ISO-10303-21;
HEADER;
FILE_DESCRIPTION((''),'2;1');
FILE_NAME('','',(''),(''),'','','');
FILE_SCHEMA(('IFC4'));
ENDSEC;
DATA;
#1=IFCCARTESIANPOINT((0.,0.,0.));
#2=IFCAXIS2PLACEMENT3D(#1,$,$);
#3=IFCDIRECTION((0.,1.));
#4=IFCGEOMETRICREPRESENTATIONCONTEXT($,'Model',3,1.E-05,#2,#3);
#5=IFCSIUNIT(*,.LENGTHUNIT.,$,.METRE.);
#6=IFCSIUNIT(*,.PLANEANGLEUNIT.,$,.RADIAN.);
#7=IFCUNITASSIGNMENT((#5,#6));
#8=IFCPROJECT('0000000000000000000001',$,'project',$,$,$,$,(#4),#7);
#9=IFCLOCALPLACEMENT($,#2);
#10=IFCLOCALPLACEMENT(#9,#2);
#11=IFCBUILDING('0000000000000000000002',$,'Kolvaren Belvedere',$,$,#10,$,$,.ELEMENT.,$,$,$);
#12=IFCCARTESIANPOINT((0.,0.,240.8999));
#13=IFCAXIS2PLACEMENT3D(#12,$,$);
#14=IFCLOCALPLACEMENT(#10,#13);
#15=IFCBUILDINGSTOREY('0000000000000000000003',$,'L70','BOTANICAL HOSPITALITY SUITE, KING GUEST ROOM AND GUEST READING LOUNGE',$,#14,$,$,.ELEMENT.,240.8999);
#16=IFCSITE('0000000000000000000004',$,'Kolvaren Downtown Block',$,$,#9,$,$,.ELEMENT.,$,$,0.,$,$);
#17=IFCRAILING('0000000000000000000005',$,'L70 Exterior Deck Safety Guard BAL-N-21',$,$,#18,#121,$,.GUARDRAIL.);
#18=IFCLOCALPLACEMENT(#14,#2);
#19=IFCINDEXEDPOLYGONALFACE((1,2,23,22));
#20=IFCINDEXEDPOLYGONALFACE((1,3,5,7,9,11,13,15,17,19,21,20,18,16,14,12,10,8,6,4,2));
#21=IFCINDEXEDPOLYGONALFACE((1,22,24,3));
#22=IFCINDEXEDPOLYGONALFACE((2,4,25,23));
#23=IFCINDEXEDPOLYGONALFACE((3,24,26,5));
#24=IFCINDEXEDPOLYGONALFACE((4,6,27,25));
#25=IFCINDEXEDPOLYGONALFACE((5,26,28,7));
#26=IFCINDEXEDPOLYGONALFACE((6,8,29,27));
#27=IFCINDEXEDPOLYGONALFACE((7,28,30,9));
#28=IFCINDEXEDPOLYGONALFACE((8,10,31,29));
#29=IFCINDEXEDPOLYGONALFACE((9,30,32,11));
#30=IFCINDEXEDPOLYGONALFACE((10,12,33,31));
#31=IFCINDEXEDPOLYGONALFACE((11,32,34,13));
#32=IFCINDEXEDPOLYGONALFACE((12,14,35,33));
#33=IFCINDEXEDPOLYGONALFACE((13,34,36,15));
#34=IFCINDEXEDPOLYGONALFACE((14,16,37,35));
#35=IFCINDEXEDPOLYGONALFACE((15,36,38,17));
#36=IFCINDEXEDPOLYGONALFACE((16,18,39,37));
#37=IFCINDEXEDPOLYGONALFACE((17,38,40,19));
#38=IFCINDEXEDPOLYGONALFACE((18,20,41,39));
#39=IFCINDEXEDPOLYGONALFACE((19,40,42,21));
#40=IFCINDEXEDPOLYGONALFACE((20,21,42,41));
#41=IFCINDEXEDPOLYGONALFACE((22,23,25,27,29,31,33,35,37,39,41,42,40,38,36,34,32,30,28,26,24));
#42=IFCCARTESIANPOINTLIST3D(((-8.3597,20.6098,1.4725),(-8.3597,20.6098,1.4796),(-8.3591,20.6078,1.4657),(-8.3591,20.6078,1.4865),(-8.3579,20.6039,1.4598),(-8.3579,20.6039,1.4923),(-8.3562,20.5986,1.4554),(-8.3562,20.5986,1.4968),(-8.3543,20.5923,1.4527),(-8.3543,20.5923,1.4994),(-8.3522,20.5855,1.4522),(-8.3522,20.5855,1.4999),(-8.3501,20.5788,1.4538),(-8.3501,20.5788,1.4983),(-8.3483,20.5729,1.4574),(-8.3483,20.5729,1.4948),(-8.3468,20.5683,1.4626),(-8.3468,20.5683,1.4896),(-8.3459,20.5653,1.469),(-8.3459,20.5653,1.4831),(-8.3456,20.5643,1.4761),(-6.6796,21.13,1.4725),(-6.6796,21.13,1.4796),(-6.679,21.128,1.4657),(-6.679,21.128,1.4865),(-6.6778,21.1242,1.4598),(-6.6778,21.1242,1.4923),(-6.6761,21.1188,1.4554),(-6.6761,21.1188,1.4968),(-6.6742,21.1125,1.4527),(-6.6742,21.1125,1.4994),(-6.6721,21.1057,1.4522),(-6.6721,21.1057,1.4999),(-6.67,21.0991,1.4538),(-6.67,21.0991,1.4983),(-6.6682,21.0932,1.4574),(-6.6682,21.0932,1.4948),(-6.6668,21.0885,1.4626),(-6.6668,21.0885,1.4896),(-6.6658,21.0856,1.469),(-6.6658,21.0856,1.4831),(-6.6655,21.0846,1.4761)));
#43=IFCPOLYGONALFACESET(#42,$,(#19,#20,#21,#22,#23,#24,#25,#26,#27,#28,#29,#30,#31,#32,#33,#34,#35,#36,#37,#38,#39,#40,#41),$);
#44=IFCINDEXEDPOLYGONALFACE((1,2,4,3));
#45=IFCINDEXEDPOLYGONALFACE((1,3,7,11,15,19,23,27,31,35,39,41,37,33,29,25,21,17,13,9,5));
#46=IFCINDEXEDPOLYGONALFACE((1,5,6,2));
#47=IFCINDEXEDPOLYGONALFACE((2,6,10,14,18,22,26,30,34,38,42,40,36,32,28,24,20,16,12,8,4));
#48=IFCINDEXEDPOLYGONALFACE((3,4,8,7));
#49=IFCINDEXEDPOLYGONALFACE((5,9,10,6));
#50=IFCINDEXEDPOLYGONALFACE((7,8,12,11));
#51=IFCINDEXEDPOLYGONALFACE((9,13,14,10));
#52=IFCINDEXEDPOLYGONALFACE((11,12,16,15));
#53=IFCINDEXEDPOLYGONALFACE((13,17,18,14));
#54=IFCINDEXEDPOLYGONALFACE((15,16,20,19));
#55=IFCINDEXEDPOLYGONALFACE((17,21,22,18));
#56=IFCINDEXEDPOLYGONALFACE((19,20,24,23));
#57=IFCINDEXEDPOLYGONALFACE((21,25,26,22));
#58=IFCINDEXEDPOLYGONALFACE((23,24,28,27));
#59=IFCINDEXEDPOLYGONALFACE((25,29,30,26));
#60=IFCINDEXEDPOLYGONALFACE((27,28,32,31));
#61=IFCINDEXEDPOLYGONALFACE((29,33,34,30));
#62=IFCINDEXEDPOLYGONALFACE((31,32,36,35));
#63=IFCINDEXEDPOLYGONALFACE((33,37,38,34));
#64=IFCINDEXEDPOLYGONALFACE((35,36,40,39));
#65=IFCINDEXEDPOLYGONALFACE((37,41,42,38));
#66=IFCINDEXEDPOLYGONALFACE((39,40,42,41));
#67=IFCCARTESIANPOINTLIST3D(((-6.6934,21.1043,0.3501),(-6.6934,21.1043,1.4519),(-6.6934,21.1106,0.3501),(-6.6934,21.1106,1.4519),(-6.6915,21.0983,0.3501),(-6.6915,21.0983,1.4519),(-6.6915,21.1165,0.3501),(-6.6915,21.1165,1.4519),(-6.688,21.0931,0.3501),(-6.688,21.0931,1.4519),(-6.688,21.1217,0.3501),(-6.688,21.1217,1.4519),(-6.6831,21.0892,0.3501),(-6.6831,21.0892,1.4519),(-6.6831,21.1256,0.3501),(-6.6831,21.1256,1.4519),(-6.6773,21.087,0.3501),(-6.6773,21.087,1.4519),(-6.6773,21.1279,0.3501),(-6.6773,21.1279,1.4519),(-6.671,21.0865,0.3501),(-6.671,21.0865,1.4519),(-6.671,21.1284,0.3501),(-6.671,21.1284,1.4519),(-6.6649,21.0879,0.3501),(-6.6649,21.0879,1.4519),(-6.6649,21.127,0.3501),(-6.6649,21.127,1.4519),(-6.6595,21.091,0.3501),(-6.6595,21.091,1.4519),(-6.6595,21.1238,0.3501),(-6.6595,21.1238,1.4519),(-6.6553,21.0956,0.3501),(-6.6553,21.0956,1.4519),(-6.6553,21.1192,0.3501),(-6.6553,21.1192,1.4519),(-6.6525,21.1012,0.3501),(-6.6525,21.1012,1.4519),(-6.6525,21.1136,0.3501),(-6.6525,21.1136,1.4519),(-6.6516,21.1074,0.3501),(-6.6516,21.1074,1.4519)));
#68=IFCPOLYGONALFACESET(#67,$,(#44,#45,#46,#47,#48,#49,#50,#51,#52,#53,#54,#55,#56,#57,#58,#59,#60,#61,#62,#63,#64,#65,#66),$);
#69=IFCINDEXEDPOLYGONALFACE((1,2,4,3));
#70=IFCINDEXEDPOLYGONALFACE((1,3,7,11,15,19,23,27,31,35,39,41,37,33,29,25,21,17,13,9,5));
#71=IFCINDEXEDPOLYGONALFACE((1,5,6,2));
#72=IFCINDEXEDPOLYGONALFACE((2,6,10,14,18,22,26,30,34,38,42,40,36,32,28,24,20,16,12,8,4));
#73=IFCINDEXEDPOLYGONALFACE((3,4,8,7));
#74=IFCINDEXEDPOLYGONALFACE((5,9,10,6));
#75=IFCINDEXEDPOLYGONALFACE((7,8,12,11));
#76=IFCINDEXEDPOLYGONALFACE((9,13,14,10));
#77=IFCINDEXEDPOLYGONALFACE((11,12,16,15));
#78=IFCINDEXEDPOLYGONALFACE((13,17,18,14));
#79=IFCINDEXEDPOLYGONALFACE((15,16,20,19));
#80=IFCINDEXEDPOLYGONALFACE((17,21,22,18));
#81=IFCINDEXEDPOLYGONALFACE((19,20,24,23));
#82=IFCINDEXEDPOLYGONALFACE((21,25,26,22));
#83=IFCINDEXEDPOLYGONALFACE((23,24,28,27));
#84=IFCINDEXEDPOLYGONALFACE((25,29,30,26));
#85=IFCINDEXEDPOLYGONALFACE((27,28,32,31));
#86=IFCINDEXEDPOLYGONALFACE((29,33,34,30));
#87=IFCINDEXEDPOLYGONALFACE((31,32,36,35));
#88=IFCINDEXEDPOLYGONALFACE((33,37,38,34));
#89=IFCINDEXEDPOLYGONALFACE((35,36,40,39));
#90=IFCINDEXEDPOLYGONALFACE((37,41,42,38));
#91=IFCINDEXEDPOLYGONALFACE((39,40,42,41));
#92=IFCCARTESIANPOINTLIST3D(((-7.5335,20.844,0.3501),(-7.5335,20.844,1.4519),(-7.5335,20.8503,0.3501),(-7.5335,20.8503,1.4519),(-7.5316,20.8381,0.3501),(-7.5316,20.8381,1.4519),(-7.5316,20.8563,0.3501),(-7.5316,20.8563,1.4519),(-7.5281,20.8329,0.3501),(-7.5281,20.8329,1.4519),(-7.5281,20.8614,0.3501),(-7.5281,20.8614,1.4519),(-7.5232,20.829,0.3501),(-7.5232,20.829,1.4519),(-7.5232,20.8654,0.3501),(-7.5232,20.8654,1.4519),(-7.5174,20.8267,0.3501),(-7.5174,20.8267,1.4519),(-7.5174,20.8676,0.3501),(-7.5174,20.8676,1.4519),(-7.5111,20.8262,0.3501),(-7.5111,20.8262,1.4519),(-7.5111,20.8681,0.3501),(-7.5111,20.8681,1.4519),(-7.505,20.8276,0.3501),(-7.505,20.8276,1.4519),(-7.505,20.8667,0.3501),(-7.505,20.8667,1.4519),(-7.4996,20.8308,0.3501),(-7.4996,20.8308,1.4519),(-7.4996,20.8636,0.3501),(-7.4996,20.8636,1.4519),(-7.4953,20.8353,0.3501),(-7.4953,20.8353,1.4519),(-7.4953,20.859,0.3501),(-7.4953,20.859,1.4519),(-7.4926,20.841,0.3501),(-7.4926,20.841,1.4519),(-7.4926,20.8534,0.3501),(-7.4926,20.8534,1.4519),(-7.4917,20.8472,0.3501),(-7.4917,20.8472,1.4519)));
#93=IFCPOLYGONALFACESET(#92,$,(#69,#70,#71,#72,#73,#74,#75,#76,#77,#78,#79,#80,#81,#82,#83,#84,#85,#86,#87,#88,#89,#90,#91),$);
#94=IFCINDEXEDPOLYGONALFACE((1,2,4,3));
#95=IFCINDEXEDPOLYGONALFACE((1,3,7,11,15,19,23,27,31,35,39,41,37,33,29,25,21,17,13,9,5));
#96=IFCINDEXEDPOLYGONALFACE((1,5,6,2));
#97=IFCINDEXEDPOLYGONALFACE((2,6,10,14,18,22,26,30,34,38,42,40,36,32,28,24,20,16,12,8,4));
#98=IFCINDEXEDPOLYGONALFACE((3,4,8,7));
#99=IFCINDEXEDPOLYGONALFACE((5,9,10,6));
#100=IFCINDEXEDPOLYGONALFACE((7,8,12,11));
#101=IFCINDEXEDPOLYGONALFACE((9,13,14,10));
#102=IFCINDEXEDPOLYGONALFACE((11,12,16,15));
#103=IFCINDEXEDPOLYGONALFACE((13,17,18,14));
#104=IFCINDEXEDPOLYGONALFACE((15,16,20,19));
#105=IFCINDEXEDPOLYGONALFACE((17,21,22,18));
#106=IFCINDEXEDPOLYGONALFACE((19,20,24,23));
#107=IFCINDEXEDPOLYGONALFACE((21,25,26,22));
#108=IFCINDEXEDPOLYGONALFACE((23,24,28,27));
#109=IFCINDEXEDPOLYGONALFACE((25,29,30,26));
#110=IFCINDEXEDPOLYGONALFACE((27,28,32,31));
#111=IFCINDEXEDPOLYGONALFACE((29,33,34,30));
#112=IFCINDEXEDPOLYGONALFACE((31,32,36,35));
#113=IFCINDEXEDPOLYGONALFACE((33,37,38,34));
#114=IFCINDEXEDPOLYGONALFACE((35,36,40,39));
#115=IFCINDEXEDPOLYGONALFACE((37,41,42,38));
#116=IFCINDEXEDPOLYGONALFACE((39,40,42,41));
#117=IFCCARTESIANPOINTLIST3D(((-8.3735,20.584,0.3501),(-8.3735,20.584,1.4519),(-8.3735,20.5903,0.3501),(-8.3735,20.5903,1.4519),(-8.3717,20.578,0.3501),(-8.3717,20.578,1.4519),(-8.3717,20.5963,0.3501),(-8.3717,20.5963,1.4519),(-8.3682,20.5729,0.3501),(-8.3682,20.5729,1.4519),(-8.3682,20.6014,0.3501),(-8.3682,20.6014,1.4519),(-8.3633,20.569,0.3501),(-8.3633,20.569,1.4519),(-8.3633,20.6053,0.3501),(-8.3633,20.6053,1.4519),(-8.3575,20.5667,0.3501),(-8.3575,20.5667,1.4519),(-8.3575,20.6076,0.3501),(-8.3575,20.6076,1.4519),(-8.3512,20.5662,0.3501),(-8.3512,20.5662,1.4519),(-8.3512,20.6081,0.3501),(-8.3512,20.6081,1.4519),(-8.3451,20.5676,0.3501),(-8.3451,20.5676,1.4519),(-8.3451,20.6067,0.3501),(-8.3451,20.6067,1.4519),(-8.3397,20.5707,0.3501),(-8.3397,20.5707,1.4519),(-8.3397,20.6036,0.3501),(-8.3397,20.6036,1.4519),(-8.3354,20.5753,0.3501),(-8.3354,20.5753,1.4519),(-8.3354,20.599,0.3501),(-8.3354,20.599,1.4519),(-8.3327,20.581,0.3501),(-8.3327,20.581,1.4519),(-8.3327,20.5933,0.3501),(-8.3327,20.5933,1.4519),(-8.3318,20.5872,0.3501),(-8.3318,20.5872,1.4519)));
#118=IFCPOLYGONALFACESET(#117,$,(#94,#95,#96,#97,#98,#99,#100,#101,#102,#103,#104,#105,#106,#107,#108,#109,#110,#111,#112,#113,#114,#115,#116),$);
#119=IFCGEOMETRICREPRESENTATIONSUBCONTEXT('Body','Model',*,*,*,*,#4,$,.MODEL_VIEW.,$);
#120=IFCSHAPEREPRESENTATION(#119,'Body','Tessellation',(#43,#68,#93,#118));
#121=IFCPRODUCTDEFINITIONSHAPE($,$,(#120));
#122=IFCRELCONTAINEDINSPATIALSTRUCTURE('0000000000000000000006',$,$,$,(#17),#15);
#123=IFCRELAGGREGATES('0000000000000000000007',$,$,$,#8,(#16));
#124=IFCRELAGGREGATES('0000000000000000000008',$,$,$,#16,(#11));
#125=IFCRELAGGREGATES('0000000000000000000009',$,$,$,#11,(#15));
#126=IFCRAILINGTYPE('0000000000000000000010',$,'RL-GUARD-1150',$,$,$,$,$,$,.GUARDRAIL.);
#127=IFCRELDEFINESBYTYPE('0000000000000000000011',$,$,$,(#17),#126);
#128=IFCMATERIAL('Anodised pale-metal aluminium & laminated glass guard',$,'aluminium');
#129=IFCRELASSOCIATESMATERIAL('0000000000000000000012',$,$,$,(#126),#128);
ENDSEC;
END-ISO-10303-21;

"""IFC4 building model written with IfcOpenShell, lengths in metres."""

from ifc_helpers import new_model, si_unit, direction, frame, origin, origin_2d, place, context, subcontext, project, spatial, circle, extrude, material, type_object, element, save


model = new_model("IFC4")

# Units and contexts
model_context = context("Model", 3, precision=1e-05, world=origin(), true_north=direction((0.0, 1.0)))
body_context = subcontext(model_context, "Body", "Model", "MODEL_VIEW")
ifc_project = project(units=[si_unit("LENGTHUNIT", "METRE"), si_unit("PLANEANGLEUNIT", "RADIAN")], contexts=[model_context])

# Site, building, storey
site_placement = place(None, origin())
site = spatial("IfcSite", under=ifc_project, at=site_placement, Name="Kolvaren Downtown Block", CompositionType="ELEMENT", RefElevation=0.0)
building_placement = place(site_placement, origin())
building = spatial("IfcBuilding", under=site, at=building_placement, Name="Kolvaren Belvedere", CompositionType="ELEMENT")
storey_placement = place(building_placement, frame((0.0, 0.0, 240.8999)))
storey = spatial("IfcBuildingStorey", under=building, at=storey_placement, Name="L70", Description="BOTANICAL HOSPITALITY SUITE, KING GUEST ROOM AND GUEST READING LOUNGE", CompositionType="ELEMENT", Elevation=240.8999)

# Railing
ifc_material_1 = material(Name="Anodised pale-metal aluminium & laminated glass guard", Category="aluminium")
railing_type = type_object("IfcRailingType", Name="RL-GUARD-1150", PredefinedType="GUARDRAIL", material=ifc_material_1)
railing_1_placement = place(storey_placement, frame((-6.6726, 21.1074, 0.3501)))
element("IfcRailing", 1, at=railing_1_placement, inside=storey, type_object=railing_type, Name="L70 Exterior Deck Safety Guard BAL-N-21", PredefinedType="GUARDRAIL", context=body_context, shape_type="SweptSolid", body=[
    extrude(circle(Radius=0.0239, at=origin_2d()), frame((0.0, 0.0, 1.126), z_axis=(-0.955252, -0.295792, 0.0), x_axis=(0.295792, -0.955252, 0.0)), (0.0, 0.0, 1.0), 1.7588),
    extrude(circle(Radius=0.021, at=origin_2d()), origin(), (0.0, 0.0, 1.0), 1.1018),
    extrude(circle(Radius=0.021, at=origin_2d()), frame((-0.8401, -0.2603, 0.0)), (0.0, 0.0, 1.0), 1.1018),
    extrude(circle(Radius=0.021, at=origin_2d()), frame((-1.6802, -0.5203, 0.0)), (0.0, 0.0, 1.0), 1.1018),
])

save(model, "model.ifc")
